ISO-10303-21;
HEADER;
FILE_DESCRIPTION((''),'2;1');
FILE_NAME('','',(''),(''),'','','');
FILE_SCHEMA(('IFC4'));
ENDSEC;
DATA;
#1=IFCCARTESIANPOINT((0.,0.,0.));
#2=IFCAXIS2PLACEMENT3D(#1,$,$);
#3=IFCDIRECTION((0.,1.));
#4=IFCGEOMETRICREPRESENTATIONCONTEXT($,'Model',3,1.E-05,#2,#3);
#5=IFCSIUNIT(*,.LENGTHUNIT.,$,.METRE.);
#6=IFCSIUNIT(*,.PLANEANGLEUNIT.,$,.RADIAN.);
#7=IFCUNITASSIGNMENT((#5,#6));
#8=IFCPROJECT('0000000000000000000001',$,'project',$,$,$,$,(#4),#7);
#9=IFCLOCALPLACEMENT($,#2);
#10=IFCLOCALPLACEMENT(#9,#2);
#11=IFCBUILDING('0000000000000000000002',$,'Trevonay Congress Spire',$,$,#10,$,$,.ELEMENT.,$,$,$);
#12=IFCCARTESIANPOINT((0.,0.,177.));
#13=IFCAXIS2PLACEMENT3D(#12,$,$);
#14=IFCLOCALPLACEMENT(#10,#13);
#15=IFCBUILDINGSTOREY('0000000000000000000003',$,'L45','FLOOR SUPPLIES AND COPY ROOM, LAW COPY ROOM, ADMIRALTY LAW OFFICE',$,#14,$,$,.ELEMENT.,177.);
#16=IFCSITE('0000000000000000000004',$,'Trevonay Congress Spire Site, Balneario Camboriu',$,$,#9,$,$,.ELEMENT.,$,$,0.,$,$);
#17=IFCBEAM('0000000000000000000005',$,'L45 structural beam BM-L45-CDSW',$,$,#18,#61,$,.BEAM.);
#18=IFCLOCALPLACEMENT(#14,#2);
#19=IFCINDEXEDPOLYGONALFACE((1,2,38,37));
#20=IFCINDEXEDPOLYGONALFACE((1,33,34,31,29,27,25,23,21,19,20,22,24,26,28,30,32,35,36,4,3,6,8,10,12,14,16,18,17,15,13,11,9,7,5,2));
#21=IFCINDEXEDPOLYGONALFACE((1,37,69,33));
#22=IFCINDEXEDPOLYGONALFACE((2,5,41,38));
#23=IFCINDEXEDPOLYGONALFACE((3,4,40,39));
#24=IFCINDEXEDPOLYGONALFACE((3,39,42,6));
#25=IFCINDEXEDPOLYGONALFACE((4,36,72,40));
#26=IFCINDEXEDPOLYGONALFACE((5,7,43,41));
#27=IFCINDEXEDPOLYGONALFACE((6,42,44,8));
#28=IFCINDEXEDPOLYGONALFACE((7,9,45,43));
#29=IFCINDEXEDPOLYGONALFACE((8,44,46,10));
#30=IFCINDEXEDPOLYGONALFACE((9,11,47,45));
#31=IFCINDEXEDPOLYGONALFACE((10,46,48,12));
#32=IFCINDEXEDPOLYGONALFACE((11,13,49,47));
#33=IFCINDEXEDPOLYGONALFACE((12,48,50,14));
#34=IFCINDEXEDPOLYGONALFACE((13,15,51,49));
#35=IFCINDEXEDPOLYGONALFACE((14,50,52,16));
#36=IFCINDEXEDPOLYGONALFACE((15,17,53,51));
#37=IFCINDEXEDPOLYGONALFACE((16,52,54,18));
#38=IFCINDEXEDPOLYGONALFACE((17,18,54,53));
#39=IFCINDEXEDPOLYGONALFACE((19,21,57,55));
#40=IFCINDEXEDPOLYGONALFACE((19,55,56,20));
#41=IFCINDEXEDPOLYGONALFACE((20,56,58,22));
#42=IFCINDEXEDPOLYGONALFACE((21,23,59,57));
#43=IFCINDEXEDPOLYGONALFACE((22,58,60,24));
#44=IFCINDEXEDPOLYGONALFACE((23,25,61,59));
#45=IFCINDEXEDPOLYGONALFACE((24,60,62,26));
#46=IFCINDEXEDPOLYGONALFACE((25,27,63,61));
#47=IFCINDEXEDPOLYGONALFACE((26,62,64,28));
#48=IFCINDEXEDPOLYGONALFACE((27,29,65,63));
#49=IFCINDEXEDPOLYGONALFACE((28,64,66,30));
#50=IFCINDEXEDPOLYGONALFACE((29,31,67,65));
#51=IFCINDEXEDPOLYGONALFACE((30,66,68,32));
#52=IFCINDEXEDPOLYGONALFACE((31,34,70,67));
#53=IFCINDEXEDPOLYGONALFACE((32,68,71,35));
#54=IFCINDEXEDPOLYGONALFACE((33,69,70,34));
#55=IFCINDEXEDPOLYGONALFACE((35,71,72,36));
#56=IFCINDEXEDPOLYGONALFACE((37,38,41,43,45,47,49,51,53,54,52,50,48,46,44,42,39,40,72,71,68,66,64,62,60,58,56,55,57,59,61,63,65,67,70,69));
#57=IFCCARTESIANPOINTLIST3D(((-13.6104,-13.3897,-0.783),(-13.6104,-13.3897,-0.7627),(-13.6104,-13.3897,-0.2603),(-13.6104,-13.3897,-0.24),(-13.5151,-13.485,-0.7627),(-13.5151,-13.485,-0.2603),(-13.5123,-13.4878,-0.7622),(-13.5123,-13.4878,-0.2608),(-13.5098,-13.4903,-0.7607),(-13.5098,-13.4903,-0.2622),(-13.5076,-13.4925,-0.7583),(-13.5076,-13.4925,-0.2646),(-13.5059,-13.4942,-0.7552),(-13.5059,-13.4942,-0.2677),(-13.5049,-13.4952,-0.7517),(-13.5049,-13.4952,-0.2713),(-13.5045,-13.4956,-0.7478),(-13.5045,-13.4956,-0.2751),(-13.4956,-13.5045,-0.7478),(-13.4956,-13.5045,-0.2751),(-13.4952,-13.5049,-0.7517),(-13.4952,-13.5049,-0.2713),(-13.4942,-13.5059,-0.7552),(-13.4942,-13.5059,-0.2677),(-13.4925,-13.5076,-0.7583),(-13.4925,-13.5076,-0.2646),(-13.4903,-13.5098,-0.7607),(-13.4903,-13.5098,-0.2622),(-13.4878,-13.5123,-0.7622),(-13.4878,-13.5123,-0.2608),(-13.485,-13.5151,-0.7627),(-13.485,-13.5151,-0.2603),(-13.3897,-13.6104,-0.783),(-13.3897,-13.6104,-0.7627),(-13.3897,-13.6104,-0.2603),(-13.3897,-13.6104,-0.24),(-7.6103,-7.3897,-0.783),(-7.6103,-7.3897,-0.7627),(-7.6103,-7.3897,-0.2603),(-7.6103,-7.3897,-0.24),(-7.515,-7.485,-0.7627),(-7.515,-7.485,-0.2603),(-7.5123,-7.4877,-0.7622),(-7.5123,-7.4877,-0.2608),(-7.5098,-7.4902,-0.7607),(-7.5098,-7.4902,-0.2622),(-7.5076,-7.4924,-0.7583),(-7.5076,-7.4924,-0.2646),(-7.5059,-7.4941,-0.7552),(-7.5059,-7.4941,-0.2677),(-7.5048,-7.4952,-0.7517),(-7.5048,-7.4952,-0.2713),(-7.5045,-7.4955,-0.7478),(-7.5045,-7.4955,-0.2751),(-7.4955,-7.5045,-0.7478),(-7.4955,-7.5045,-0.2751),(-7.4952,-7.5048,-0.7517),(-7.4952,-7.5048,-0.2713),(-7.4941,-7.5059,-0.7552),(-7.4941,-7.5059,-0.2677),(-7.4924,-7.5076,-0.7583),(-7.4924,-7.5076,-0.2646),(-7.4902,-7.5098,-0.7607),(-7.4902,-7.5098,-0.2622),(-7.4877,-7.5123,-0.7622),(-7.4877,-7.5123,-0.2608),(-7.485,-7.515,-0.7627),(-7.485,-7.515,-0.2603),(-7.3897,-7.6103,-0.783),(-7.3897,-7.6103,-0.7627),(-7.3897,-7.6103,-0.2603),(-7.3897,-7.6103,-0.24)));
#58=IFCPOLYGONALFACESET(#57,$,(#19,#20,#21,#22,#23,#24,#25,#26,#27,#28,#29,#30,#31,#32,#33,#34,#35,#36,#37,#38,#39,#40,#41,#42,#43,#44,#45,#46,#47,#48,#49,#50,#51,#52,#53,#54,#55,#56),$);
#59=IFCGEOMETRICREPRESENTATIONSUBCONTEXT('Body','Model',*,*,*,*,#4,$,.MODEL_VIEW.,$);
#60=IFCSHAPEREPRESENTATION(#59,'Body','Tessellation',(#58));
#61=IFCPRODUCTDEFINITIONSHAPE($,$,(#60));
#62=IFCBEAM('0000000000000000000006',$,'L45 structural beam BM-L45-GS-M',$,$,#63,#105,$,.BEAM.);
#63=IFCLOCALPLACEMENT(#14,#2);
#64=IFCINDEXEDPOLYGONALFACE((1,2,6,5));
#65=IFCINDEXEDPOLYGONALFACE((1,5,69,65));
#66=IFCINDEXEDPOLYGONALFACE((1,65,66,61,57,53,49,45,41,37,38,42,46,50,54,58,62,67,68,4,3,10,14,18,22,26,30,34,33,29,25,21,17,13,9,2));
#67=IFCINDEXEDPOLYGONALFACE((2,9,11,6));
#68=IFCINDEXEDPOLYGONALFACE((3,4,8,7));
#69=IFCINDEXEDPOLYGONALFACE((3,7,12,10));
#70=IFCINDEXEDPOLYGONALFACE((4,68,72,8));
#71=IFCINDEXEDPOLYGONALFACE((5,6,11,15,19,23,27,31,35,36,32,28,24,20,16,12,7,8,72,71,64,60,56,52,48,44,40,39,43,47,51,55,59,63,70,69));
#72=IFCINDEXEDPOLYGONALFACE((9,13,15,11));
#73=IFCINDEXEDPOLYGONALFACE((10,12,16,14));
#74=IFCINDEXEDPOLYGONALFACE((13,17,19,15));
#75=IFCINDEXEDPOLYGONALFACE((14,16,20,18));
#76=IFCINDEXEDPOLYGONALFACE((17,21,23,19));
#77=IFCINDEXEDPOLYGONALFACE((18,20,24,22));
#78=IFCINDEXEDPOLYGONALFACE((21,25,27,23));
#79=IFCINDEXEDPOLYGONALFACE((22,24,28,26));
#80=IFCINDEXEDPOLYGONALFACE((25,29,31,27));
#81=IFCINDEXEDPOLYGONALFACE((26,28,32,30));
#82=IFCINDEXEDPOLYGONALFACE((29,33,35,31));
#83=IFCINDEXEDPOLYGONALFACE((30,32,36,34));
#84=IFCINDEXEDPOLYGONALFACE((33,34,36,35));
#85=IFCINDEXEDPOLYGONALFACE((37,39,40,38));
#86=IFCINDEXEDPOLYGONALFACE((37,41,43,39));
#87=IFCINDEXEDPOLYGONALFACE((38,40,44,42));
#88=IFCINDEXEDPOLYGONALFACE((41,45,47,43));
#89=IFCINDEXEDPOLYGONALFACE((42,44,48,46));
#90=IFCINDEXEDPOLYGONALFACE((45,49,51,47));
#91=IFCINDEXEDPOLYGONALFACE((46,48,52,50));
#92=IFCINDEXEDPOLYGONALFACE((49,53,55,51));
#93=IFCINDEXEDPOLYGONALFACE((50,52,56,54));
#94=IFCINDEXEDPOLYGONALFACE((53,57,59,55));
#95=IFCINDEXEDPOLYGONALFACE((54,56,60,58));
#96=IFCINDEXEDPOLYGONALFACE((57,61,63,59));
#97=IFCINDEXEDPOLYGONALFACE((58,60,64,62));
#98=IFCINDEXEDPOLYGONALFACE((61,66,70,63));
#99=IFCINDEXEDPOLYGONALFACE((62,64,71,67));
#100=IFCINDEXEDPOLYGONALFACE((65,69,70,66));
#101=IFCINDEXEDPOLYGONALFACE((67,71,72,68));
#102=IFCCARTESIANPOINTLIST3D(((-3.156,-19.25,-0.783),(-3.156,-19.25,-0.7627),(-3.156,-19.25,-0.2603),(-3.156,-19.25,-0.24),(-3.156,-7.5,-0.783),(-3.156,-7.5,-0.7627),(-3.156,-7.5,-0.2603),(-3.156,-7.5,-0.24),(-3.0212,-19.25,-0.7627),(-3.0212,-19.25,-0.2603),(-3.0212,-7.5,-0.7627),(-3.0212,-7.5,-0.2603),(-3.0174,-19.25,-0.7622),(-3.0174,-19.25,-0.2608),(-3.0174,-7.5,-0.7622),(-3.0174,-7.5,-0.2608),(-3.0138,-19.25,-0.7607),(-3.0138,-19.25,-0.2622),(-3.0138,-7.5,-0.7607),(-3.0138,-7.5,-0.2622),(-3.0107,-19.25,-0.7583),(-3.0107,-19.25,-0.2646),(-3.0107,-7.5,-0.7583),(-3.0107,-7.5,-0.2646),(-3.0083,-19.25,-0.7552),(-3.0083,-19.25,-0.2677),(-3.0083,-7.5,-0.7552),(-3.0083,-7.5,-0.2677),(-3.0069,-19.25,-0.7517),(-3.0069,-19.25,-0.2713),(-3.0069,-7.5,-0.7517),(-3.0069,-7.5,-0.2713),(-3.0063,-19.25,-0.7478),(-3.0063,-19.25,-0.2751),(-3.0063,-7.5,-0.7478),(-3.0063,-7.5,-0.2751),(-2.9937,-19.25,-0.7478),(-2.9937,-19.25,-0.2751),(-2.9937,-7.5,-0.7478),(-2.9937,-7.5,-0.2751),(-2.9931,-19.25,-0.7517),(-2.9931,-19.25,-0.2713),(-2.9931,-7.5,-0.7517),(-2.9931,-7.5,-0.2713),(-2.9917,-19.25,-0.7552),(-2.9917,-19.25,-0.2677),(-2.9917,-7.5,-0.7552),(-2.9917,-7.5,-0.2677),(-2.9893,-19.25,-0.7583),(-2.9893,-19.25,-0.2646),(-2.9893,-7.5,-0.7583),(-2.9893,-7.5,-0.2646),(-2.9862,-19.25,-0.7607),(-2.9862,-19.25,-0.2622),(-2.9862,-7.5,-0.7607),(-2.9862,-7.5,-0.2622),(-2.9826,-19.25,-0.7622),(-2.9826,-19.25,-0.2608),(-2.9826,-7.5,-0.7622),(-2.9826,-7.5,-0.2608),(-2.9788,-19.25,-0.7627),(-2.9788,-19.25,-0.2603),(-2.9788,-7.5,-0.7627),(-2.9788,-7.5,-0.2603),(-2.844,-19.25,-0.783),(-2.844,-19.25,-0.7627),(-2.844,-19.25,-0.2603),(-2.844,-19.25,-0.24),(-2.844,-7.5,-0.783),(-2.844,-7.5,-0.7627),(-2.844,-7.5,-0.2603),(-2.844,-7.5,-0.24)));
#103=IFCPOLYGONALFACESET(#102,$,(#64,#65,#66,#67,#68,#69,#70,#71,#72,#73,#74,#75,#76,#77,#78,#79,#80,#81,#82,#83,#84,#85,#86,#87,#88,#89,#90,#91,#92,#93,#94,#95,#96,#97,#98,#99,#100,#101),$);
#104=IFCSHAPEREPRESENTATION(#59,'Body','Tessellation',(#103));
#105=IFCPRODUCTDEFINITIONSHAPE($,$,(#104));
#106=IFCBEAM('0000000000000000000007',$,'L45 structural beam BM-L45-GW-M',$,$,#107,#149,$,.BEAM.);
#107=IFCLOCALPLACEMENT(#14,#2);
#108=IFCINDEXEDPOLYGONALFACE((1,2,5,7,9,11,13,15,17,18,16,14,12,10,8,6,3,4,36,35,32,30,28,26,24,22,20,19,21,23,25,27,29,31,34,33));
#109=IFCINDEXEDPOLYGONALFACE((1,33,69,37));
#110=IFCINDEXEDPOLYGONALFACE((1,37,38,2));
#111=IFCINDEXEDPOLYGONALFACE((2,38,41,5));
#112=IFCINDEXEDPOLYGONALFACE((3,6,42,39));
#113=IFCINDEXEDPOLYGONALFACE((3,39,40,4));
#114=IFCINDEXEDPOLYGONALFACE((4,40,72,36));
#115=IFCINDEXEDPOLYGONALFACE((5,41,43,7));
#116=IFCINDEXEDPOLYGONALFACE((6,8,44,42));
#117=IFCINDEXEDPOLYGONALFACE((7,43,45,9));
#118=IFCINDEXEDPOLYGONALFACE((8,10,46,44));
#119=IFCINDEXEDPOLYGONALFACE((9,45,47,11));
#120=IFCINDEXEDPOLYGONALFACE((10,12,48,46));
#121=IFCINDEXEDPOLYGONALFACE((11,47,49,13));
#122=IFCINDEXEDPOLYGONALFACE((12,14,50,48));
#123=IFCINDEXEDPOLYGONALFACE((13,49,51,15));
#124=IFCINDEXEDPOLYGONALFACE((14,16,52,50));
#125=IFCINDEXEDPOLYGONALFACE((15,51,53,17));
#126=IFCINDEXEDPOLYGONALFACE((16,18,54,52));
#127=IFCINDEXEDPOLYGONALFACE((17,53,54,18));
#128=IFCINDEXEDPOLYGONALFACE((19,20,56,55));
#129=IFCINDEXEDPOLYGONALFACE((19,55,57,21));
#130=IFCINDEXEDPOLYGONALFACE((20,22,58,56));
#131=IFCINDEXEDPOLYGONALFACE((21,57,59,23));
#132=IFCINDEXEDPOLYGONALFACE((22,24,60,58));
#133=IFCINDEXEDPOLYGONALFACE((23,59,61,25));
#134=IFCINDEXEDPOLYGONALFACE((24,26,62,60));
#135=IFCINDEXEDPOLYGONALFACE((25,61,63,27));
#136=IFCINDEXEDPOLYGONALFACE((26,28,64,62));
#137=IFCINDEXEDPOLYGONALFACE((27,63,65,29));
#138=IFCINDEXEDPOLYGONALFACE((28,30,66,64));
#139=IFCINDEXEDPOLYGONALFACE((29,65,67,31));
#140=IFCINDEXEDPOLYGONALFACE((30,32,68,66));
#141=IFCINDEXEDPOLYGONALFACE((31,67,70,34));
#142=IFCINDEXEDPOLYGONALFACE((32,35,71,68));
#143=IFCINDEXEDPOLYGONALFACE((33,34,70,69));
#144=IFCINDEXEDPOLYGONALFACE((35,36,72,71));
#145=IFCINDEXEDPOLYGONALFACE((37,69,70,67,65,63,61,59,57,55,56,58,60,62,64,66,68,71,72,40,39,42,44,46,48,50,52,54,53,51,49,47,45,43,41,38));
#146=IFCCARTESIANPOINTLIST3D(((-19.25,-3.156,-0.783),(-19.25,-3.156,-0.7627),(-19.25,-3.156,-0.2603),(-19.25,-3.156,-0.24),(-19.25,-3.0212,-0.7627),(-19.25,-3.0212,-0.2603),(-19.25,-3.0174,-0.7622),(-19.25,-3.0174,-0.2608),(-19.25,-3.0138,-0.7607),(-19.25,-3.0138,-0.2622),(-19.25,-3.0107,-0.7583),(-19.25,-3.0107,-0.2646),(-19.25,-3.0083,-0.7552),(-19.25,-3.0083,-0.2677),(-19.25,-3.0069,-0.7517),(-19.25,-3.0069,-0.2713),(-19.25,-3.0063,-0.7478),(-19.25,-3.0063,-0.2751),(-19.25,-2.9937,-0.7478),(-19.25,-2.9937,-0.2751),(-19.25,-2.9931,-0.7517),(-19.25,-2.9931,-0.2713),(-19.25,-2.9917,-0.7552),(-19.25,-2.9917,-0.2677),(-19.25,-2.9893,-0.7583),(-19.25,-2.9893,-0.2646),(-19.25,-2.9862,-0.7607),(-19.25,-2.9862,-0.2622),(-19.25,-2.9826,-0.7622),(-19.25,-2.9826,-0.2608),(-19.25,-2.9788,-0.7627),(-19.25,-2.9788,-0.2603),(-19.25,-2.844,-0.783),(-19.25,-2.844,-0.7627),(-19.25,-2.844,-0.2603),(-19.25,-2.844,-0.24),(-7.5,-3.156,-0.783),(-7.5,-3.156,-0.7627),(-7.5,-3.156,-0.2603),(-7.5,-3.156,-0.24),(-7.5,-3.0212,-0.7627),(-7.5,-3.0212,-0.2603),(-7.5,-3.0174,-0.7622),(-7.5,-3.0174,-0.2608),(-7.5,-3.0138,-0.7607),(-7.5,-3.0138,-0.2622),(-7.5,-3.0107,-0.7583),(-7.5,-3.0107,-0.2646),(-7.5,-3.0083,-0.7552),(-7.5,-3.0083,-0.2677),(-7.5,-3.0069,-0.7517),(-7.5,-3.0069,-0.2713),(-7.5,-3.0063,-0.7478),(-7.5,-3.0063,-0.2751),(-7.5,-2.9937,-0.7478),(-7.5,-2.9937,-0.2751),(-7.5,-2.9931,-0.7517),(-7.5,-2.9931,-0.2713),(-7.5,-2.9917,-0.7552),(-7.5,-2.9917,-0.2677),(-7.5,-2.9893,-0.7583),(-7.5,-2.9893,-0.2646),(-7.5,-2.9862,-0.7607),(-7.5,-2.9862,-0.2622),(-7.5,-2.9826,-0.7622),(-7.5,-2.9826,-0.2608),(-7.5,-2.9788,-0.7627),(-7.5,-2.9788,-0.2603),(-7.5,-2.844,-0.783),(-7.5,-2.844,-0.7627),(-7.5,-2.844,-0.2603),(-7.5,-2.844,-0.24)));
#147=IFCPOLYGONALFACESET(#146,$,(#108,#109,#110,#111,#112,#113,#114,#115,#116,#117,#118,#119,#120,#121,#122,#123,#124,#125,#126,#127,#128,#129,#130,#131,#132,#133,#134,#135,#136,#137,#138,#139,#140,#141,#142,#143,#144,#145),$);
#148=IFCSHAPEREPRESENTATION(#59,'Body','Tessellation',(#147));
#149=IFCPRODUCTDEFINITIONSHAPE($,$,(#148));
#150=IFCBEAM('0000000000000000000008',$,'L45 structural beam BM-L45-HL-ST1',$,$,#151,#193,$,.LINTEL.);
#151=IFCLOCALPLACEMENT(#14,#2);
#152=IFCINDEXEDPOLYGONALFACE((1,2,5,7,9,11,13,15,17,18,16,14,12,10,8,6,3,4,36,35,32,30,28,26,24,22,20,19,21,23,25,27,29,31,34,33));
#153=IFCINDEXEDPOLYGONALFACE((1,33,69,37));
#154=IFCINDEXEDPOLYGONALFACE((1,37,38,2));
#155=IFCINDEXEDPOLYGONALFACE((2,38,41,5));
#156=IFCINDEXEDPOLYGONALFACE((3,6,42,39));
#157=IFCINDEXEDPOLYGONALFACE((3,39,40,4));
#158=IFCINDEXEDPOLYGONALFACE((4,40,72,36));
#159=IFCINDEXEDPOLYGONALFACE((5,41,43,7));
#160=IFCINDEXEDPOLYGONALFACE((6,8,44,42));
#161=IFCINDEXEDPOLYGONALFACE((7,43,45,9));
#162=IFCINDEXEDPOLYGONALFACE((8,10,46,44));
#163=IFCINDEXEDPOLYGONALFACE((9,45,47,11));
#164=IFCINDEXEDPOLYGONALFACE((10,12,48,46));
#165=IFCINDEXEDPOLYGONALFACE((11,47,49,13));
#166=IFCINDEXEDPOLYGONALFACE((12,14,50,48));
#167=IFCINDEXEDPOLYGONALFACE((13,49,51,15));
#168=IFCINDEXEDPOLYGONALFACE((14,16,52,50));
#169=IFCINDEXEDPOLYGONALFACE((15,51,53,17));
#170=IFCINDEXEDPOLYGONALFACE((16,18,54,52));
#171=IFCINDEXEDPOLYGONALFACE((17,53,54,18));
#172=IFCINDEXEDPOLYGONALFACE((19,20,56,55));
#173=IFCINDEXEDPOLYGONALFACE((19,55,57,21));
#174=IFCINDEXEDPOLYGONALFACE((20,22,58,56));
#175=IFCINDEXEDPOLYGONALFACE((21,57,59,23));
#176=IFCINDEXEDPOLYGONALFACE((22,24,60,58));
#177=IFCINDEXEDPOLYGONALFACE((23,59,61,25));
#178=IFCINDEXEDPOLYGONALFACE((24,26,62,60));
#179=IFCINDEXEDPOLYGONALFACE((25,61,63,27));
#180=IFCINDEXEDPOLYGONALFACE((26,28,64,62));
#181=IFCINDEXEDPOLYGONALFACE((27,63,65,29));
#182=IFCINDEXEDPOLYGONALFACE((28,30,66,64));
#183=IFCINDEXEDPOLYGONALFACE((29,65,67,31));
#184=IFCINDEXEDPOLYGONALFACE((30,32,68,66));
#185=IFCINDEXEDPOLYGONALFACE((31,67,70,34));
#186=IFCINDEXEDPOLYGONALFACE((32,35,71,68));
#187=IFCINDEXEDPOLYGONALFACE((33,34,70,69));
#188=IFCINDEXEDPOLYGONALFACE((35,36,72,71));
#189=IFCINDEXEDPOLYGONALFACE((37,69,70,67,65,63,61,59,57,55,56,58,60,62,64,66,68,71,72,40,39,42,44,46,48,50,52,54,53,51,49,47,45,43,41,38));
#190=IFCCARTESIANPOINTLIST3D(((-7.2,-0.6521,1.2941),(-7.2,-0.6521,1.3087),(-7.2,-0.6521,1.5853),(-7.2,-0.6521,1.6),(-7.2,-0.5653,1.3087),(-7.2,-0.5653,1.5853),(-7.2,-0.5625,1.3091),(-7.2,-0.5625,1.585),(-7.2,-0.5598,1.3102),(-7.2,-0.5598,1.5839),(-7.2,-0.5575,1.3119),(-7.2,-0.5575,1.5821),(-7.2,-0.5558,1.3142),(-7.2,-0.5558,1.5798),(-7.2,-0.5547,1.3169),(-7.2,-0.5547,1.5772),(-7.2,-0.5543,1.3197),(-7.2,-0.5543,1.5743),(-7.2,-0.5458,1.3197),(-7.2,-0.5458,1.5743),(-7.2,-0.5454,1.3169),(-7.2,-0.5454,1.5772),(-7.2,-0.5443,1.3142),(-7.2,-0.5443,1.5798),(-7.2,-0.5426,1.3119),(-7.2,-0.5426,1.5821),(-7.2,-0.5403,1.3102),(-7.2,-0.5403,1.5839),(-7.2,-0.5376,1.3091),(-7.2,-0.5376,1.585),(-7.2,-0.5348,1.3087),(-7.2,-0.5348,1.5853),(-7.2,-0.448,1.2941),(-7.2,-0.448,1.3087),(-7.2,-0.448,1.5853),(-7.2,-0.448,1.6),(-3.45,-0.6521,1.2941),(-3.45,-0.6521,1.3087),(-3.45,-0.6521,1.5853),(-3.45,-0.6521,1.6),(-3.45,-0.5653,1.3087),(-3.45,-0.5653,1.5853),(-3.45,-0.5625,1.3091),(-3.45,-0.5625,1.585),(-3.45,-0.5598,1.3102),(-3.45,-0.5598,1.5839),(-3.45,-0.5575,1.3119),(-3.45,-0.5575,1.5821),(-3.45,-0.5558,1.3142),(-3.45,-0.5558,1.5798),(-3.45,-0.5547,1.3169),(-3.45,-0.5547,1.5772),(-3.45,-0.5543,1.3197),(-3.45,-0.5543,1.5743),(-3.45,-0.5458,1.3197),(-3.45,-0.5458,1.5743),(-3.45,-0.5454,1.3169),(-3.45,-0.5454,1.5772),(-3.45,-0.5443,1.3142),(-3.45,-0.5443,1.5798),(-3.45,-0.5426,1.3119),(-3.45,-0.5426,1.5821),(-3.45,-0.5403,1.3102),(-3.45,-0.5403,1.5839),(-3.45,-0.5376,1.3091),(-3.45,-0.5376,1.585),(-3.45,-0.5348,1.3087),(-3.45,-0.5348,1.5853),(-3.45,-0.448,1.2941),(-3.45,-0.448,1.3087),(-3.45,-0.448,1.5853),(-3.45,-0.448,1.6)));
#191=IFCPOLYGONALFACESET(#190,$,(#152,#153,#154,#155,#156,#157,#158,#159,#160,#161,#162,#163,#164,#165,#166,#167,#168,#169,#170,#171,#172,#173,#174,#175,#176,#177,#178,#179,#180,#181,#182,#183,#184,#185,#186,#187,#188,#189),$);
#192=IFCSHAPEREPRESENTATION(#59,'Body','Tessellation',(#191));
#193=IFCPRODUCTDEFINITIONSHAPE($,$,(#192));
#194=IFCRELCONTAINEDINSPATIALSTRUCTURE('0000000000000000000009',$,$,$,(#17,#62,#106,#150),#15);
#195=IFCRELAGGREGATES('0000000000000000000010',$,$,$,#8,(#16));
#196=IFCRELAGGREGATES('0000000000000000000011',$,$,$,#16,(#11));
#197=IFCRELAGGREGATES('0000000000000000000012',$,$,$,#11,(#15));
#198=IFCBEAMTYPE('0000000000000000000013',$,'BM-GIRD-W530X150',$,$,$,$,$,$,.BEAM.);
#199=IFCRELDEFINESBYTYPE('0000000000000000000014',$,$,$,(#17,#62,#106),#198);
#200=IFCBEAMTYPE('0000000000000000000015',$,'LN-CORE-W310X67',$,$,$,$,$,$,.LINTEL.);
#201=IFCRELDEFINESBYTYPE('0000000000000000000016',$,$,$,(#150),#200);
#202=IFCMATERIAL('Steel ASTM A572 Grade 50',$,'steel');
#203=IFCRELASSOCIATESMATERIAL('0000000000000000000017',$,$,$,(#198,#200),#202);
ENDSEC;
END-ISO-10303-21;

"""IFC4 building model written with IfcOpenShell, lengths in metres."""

from ifc_helpers import new_model, si_unit, direction, frame, origin, origin_2d, place, context, subcontext, project, spatial, i_section, extrude, material, material_profile, profile_set, type_object, element, save


model = new_model("IFC4")

# Units and contexts
model_context = context("Model", 3, precision=1e-05, world=origin(), true_north=direction((0.0, 1.0)))
body_context = subcontext(model_context, "Body", "Model", "MODEL_VIEW")
ifc_project = project(units=[si_unit("LENGTHUNIT", "METRE"), si_unit("PLANEANGLEUNIT", "RADIAN")], contexts=[model_context])

# Site, building, storey
site_placement = place(None, origin())
site = spatial("IfcSite", under=ifc_project, at=site_placement, Name="Trevonay Congress Spire Site, Balneario Camboriu", CompositionType="ELEMENT", RefElevation=0.0)
building_placement = place(site_placement, origin())
building = spatial("IfcBuilding", under=site, at=building_placement, Name="Trevonay Congress Spire", CompositionType="ELEMENT")
storey_placement = place(building_placement, frame((0.0, 0.0, 177.0)))
storey = spatial("IfcBuildingStorey", under=building, at=storey_placement, Name="L45", Description="FLOOR SUPPLIES AND COPY ROOM, LAW COPY ROOM, ADMIRALTY LAW OFFICE", CompositionType="ELEMENT", Elevation=177.0)

# Shared definitions
ifc_material_1 = material(Name="Steel ASTM A572 Grade 50", Category="steel")

# Beams
ifc_material_profile_1 = material_profile(ifc_material_1, i_section(OverallWidth=0.312, OverallDepth=0.543, WebThickness=0.0127, FlangeThickness=0.0203, FilletRadius=0.0149, at=origin_2d()), Name="W530x150")
ifc_profile_set_1 = profile_set([ifc_material_profile_1], Name="Steel ASTM A572 Grade 50")
beam_type_1 = type_object("IfcBeamType", Name="BM-GIRD-W530X150", PredefinedType="BEAM", material=ifc_profile_set_1)
beam_1_placement = place(storey_placement, frame((-7.5, -7.5, -0.5115), z_axis=(-0.707107, -0.707107, 0.0), x_axis=(0.707107, -0.707107, 0.0)))
element("IfcBeam", 1, at=beam_1_placement, inside=storey, type_object=beam_type_1, Name="L45 structural beam BM-L45-CDSW", PredefinedType="BEAM", context=body_context, shape_type="SweptSolid", body=[
    extrude(i_section(OverallWidth=0.312, OverallDepth=0.543, WebThickness=0.0127, FlangeThickness=0.0203, FilletRadius=0.0149, at=origin_2d()), origin(), (0.0, 0.0, 1.0), 8.4854),
])
for number, where, z_axis, x_axis, name in (
    (2, (-3.0, -7.5, -0.5115), (0.0, -1.0, 0.0), (1.0, 0.0, 0.0), "L45 structural beam BM-L45-GS-M"),
    (3, (-7.5, -3.0, -0.5115), (-1.0, 0.0, 0.0), (0.0, -1.0, 0.0), "L45 structural beam BM-L45-GW-M"),
):
    element("IfcBeam", number, at=place(storey_placement, frame(where, z_axis=z_axis, x_axis=x_axis)), inside=storey, type_object=beam_type_1, Name=name, PredefinedType="BEAM", context=body_context, shape_type="SweptSolid", body=[
        extrude(i_section(OverallWidth=0.312, OverallDepth=0.543, WebThickness=0.0127, FlangeThickness=0.0203, FilletRadius=0.0149, at=origin_2d()), origin(), (0.0, 0.0, 1.0), 11.75),
    ])
ifc_material_profile_2 = material_profile(ifc_material_1, i_section(OverallWidth=0.2041, OverallDepth=0.3059, WebThickness=0.0085, FlangeThickness=0.0146, FilletRadius=0.011, at=origin_2d()), Name="W310x67")
ifc_profile_set_2 = profile_set([ifc_material_profile_2], Name="Steel ASTM A572 Grade 50")
beam_type_2 = type_object("IfcBeamType", Name="LN-CORE-W310X67", PredefinedType="LINTEL", material=ifc_profile_set_2)
beam_2_placement = place(storey_placement, frame((-7.2, -0.55, 1.447), z_axis=(1.0, 0.0, 0.0), x_axis=(0.0, 1.0, 0.0)))
element("IfcBeam", 4, at=beam_2_placement, inside=storey, type_object=beam_type_2, Name="L45 structural beam BM-L45-HL-ST1", PredefinedType="LINTEL", context=body_context, shape_type="SweptSolid", body=[
    extrude(i_section(OverallWidth=0.2041, OverallDepth=0.3059, WebThickness=0.0085, FlangeThickness=0.0146, FilletRadius=0.011, at=origin_2d()), origin(), (0.0, 0.0, 1.0), 3.75),
])

save(model, "model.ifc")
